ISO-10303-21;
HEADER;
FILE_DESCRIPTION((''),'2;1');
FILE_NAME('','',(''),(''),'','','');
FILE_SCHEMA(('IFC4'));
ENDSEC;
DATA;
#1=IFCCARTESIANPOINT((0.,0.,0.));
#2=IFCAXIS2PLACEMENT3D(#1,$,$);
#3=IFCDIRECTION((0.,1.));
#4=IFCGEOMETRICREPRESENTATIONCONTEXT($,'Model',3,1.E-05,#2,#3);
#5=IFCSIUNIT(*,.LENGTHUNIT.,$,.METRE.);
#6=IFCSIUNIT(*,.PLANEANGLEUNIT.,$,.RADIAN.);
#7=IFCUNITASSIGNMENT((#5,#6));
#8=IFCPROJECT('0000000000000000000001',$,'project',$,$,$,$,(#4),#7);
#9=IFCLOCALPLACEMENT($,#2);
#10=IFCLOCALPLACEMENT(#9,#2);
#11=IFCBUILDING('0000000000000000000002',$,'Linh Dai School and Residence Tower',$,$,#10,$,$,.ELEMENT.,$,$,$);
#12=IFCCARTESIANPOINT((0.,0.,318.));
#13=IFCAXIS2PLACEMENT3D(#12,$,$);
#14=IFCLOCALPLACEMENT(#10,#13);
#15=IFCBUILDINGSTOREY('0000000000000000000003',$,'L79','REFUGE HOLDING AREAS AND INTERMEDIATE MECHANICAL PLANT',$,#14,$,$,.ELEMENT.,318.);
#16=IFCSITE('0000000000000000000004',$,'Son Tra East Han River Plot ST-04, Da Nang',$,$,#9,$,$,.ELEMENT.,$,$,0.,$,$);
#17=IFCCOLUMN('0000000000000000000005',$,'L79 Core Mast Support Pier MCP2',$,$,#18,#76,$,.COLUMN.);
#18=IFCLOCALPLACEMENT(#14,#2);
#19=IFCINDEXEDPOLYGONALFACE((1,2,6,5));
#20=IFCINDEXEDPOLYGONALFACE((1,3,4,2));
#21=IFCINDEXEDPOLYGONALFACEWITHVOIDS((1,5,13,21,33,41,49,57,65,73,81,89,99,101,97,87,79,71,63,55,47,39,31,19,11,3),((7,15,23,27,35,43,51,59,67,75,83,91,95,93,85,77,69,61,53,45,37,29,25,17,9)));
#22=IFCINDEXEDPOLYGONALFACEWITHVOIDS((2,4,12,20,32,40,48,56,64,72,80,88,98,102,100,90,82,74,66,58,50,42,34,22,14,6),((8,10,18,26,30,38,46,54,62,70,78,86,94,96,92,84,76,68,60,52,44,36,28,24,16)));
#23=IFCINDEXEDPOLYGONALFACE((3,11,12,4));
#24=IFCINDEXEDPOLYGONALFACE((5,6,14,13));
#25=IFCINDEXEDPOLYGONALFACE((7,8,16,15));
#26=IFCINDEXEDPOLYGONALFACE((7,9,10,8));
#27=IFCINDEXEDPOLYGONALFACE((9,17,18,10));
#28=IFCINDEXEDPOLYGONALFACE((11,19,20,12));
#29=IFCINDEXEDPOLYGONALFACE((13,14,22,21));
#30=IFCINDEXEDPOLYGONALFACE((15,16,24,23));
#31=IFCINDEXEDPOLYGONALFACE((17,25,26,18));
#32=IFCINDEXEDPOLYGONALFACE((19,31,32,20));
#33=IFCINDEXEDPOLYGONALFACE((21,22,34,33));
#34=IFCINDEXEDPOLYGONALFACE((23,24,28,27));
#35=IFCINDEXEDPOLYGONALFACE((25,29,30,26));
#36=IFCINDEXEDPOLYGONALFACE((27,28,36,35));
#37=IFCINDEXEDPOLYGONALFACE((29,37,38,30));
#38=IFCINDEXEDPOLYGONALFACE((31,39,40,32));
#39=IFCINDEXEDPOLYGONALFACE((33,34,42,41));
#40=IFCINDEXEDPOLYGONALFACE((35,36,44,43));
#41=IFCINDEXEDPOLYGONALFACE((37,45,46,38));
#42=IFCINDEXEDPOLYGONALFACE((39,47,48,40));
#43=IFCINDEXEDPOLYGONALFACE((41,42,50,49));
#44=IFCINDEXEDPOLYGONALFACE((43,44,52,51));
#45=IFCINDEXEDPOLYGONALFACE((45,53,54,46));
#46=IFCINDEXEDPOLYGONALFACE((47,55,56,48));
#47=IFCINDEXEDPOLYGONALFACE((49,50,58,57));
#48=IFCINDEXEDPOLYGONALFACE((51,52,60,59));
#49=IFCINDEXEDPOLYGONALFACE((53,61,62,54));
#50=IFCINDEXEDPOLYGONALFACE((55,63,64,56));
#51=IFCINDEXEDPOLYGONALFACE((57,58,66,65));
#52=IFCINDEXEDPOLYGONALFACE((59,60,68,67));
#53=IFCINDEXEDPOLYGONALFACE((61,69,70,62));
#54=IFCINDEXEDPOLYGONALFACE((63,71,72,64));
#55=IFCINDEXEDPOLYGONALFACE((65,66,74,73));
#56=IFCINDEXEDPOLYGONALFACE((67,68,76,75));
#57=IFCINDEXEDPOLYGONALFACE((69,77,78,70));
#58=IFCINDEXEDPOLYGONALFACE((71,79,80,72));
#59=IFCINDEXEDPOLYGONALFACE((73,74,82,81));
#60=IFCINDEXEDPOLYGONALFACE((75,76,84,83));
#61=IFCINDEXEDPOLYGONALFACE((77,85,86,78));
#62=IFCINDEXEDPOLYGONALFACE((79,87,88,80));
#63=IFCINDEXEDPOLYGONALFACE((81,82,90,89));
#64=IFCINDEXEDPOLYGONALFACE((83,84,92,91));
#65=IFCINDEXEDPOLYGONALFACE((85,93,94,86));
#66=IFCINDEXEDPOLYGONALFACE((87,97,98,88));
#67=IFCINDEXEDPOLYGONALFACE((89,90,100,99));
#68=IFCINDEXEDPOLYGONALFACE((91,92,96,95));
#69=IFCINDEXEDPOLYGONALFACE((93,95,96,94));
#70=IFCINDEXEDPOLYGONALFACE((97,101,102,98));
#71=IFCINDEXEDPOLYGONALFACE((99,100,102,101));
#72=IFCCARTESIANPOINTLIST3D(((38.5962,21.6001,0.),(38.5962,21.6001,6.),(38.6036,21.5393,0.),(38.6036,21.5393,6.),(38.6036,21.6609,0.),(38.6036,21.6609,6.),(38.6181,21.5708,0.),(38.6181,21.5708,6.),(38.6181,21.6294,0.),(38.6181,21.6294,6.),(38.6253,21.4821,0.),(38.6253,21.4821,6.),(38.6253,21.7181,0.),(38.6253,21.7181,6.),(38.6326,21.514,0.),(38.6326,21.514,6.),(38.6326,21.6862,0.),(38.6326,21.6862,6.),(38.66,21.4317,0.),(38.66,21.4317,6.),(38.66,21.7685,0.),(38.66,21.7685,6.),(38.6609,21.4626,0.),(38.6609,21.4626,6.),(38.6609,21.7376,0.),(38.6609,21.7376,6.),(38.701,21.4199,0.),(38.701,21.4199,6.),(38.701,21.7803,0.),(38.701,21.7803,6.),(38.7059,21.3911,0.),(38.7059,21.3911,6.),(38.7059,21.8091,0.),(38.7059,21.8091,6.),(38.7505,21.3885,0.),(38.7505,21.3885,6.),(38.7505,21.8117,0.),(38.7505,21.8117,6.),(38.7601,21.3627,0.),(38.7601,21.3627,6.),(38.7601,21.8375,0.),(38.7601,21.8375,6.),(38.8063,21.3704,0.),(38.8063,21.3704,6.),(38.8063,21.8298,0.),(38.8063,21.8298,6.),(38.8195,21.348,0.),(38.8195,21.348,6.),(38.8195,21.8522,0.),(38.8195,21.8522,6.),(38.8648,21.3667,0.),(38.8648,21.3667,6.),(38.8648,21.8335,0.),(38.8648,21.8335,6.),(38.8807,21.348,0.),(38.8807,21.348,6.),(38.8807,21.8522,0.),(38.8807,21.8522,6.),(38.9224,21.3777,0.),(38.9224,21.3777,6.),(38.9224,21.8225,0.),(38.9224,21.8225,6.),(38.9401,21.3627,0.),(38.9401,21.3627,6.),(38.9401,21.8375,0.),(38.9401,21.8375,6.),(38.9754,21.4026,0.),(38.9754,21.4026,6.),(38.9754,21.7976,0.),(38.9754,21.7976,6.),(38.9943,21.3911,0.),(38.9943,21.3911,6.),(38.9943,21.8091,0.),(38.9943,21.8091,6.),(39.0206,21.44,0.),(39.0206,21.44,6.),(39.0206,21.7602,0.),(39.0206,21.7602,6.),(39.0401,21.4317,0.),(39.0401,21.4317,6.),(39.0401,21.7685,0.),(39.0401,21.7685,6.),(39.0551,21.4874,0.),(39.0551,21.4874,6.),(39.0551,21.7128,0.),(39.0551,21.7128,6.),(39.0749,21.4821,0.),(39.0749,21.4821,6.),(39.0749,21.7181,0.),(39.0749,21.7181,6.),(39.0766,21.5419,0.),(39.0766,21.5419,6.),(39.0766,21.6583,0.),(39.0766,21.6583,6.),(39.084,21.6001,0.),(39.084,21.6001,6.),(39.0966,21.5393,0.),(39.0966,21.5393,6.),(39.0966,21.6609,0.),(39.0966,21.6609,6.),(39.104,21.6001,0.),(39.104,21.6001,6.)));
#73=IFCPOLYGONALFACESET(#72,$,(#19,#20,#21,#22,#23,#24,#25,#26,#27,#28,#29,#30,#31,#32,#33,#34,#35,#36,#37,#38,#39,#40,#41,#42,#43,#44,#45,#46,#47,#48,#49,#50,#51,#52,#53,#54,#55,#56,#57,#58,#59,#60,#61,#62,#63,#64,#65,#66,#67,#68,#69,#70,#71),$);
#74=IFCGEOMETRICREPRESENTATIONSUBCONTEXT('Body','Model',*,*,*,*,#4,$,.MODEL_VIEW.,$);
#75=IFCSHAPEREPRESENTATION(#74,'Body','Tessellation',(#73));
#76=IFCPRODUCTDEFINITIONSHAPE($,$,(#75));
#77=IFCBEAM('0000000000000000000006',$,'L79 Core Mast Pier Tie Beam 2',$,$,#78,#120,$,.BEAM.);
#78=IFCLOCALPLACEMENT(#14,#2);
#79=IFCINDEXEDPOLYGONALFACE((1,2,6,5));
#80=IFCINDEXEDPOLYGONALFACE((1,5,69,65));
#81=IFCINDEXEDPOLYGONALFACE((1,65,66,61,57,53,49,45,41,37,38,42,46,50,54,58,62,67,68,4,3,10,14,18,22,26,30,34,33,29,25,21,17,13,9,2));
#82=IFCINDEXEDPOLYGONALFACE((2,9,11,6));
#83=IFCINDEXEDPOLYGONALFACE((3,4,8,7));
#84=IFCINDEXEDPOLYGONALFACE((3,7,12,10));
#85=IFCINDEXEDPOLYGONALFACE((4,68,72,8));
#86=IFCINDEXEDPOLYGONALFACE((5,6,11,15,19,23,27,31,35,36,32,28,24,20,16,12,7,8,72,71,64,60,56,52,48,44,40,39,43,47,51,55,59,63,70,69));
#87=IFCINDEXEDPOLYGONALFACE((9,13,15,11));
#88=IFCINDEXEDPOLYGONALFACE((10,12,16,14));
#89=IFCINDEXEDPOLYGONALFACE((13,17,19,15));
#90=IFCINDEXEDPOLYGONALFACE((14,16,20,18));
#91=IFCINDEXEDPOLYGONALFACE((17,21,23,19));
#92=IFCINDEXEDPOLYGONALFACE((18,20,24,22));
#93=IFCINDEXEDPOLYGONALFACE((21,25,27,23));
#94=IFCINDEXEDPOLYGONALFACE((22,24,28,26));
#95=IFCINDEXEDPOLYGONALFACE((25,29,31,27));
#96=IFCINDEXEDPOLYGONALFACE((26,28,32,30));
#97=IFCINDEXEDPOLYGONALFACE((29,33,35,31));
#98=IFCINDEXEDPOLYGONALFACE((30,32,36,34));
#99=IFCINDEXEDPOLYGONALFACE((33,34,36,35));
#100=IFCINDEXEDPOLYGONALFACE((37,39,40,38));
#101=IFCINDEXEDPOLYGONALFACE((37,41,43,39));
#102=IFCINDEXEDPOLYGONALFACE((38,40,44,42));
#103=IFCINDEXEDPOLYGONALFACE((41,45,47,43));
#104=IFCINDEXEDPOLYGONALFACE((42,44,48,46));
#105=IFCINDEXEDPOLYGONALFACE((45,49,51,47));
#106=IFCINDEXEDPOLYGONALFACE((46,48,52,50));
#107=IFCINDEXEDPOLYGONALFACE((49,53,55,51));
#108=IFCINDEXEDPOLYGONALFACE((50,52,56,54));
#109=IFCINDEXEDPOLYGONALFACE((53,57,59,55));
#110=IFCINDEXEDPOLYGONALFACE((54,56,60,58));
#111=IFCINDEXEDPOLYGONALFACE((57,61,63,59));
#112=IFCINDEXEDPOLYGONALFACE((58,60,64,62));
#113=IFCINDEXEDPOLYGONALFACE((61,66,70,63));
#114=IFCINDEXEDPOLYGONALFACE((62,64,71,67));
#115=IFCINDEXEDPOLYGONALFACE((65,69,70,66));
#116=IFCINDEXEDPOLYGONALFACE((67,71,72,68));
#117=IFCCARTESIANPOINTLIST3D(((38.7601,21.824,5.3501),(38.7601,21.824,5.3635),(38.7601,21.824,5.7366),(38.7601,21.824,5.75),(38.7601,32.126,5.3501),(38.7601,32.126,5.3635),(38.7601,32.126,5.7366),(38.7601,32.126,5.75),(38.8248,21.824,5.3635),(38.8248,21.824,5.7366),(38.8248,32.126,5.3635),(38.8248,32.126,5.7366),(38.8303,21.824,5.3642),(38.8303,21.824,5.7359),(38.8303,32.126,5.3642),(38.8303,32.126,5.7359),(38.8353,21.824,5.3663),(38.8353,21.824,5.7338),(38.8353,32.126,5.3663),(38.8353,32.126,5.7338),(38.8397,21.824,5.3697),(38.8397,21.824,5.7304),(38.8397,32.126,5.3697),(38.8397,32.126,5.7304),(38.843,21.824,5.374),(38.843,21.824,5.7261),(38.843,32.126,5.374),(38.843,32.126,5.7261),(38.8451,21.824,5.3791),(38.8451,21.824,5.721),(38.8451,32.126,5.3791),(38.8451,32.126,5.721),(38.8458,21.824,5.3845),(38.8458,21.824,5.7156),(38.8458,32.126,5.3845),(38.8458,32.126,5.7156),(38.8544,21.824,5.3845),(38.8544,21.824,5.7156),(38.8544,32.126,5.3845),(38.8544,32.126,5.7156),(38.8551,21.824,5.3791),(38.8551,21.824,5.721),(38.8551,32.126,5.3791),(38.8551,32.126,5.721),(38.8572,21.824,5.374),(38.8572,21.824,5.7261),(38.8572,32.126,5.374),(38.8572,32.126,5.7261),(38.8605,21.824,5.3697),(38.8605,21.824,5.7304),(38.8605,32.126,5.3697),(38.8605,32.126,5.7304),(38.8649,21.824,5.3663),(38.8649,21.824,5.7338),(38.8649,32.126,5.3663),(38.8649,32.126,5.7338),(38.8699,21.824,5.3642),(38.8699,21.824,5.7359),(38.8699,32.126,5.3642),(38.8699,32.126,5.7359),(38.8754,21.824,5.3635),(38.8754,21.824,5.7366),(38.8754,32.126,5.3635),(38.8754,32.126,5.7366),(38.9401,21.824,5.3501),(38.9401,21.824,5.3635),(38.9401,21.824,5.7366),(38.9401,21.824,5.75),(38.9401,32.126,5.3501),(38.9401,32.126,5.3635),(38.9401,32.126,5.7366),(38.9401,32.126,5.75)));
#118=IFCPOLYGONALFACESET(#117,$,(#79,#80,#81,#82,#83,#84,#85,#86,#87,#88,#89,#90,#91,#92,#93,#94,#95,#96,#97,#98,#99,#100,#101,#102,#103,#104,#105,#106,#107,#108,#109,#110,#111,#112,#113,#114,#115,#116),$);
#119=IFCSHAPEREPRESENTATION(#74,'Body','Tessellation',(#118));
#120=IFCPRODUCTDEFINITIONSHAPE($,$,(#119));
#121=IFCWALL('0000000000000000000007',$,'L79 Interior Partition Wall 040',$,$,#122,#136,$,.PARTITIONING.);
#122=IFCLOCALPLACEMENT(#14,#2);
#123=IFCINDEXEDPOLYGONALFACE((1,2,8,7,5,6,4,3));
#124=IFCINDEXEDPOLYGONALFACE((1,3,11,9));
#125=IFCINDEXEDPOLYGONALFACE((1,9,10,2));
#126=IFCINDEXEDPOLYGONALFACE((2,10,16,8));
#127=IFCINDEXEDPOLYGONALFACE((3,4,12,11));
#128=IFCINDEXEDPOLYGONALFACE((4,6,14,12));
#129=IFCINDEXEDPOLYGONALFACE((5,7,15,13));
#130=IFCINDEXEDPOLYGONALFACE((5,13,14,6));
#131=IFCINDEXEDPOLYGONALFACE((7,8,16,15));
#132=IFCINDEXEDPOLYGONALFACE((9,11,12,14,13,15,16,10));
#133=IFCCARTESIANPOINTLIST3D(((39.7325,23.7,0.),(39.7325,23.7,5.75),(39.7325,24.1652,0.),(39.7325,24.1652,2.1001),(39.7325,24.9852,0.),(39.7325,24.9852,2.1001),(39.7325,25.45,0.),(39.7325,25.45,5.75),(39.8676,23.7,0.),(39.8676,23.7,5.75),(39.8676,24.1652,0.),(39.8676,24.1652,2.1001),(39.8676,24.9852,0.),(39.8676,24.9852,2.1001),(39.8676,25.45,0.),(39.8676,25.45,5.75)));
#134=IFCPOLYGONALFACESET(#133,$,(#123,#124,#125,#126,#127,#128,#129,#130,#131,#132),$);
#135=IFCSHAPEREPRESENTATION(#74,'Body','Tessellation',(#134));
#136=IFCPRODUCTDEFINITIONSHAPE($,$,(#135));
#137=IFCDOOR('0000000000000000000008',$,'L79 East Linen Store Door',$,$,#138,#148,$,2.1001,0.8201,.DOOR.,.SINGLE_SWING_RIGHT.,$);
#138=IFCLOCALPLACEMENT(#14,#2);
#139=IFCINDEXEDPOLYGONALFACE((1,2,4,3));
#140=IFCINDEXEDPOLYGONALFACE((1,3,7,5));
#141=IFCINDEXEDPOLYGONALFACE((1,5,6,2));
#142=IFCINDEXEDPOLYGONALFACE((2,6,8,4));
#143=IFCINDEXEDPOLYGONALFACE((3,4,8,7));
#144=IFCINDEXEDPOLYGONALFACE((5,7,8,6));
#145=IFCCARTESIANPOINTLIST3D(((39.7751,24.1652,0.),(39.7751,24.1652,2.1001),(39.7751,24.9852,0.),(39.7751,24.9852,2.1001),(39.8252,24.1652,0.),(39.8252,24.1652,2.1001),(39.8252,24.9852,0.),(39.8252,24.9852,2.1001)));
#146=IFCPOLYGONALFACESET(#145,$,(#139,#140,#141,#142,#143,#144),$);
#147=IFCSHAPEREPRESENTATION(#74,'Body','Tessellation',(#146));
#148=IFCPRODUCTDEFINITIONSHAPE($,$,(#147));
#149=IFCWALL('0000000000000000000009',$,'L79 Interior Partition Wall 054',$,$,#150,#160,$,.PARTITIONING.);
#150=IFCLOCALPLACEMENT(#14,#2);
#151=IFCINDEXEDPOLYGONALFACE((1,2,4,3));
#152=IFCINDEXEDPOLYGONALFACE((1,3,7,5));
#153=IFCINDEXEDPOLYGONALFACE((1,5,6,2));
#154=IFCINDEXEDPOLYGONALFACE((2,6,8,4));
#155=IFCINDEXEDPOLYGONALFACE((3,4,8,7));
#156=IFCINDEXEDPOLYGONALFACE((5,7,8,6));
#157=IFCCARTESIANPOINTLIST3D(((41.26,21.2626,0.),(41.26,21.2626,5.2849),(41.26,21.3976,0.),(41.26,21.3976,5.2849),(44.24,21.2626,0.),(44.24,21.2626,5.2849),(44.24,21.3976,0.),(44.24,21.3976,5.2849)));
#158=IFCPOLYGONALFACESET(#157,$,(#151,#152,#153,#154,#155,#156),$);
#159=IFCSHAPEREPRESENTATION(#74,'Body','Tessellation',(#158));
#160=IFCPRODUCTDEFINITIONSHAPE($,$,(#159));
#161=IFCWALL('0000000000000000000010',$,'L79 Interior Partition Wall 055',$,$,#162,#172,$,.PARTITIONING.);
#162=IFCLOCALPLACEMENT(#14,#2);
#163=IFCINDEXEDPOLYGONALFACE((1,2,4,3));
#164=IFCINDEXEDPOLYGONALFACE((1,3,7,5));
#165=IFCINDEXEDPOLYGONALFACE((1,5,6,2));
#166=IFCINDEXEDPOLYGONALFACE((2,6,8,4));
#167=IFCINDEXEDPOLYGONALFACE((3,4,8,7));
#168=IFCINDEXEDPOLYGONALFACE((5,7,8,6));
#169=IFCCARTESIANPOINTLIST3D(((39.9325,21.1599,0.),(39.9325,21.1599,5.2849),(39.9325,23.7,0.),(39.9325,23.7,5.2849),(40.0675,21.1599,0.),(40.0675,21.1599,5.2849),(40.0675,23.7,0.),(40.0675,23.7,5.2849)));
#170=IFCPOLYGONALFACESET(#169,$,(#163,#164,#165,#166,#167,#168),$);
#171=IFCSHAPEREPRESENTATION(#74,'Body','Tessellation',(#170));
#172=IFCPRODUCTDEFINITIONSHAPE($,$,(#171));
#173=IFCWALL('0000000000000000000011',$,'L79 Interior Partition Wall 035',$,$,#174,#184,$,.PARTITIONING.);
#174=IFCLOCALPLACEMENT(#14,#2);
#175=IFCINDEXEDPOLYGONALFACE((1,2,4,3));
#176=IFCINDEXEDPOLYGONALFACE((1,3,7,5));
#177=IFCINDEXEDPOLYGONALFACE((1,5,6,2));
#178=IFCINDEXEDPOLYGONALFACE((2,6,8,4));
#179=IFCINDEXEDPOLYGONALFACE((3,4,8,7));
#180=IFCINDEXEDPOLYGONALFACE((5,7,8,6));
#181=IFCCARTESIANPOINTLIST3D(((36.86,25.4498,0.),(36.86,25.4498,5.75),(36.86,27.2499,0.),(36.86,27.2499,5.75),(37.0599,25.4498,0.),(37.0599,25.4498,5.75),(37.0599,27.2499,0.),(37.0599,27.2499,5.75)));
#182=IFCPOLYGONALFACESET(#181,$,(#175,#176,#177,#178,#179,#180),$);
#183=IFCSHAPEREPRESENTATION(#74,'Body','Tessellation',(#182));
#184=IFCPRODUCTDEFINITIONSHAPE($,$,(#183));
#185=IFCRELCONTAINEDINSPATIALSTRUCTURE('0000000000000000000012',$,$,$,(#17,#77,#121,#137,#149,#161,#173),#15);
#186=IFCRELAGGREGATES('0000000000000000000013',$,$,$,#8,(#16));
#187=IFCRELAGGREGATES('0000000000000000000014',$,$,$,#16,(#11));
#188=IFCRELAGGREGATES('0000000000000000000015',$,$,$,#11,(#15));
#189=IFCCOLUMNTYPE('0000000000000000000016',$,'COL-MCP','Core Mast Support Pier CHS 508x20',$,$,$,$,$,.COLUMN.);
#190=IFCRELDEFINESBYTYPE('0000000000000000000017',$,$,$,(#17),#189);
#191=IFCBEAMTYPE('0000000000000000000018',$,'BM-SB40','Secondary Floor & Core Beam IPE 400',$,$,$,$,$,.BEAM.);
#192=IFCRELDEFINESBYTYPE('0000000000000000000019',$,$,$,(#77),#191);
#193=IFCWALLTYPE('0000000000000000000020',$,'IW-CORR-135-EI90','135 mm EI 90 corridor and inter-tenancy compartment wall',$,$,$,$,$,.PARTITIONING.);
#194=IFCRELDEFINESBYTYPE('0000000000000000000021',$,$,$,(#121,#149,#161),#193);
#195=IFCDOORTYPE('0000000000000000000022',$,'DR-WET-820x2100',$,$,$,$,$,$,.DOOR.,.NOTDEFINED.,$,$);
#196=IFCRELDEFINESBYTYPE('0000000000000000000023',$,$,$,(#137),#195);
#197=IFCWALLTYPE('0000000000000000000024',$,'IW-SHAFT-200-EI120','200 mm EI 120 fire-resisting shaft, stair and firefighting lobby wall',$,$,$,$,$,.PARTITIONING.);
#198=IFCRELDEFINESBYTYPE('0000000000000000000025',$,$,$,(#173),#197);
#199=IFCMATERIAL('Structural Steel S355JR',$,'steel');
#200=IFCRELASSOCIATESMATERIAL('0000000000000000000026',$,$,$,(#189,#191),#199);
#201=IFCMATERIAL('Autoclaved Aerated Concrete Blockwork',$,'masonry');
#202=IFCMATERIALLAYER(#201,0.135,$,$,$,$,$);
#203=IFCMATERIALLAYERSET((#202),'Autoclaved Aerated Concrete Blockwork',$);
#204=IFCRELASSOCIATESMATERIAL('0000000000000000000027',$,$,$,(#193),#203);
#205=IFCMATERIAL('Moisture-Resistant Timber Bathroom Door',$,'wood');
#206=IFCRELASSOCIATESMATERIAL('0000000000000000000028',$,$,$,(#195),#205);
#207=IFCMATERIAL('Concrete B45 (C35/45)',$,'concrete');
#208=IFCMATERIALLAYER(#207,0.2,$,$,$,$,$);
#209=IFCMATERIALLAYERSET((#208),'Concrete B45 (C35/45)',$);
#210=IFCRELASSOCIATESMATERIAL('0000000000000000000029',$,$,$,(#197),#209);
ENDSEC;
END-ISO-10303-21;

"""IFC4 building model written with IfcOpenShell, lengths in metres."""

from ifc_helpers import new_model, si_unit, direction, frame, frame_2d, origin, origin_2d, place, context, subcontext, project, spatial, rectangle, hollow_circle, i_section, extrude, source, transform, mapped, material, layer, layer_set, material_profile, profile_set, type_object, element, fill, save


model = new_model("IFC4")

# Units and contexts
model_context = context("Model", 3, precision=1e-05, world=origin(), true_north=direction((0.0, 1.0)))
body_context = subcontext(model_context, "Body", "Model", "MODEL_VIEW")
ifc_project = project(units=[si_unit("LENGTHUNIT", "METRE"), si_unit("PLANEANGLEUNIT", "RADIAN")], contexts=[model_context])

# Site, building, storey
site_placement = place(None, origin())
site = spatial("IfcSite", under=ifc_project, at=site_placement, Name="Son Tra East Han River Plot ST-04, Da Nang", CompositionType="ELEMENT", RefElevation=0.0)
building_placement = place(site_placement, origin())
building = spatial("IfcBuilding", under=site, at=building_placement, Name="Linh Dai School and Residence Tower", CompositionType="ELEMENT")
storey_placement = place(building_placement, frame((0.0, 0.0, 318.0)))
storey = spatial("IfcBuildingStorey", under=building, at=storey_placement, Name="L79", Description="REFUGE HOLDING AREAS AND INTERMEDIATE MECHANICAL PLANT", CompositionType="ELEMENT", Elevation=318.0)

# Column
ifc_material_1 = material(Name="Structural Steel S355JR", Category="steel")
ifc_material_profile_1 = material_profile(ifc_material_1, hollow_circle(Radius=0.2539, WallThickness=0.02, at=origin_2d()), Name="CHS 508x20")
ifc_profile_set_1 = profile_set([ifc_material_profile_1], Name="Structural Steel S355JR")
column_type_1 = type_object("IfcColumnType", Name="COL-MCP", Description="Core Mast Support Pier CHS 508x20", PredefinedType="COLUMN", material=ifc_profile_set_1)
column_placement = place(storey_placement, frame((38.8501, 21.6001, 0.0), z_axis=(0.0, 0.0, 1.0), x_axis=(1.0, 0.0, 0.0)))
element("IfcColumn", 1, at=column_placement, inside=storey, type_object=column_type_1, Name="L79 Core Mast Support Pier MCP2", PredefinedType="COLUMN", context=body_context, shape_type="SweptSolid", body=[
    extrude(hollow_circle(Radius=0.2539, WallThickness=0.02, at=origin_2d()), origin(), (0.0, 0.0, 1.0), 6.0),
])

# Beam
ifc_material_profile_2 = material_profile(ifc_material_1, i_section(OverallWidth=0.1799, OverallDepth=0.3999, WebThickness=0.0085, FlangeThickness=0.0134, FilletRadius=0.021, at=origin_2d()), Name="IPE 400")
ifc_profile_set_2 = profile_set([ifc_material_profile_2], Name="Structural Steel S355JR")
beam_type = type_object("IfcBeamType", Name="BM-SB40", Description="Secondary Floor & Core Beam IPE 400", PredefinedType="BEAM", material=ifc_profile_set_2)
beam_placement = place(storey_placement, frame((38.8501, 21.824, 5.55), z_axis=(0.0, 1.0, 0.0), x_axis=(-1.0, 0.0, 0.0)))
element("IfcBeam", 2, at=beam_placement, inside=storey, type_object=beam_type, Name="L79 Core Mast Pier Tie Beam 2", PredefinedType="BEAM", context=body_context, shape_type="SweptSolid", body=[
    extrude(i_section(OverallWidth=0.1799, OverallDepth=0.3999, WebThickness=0.0085, FlangeThickness=0.0134, FilletRadius=0.021, at=origin_2d()), origin(), (0.0, 0.0, 1.0), 10.302),
])

# Wall, opening, door
ifc_material_2 = material(Name="Autoclaved Aerated Concrete Blockwork", Category="masonry")
ifc_layer_1 = layer(ifc_material_2, 0.135)
ifc_layer_set_1 = layer_set([ifc_layer_1], Name="Autoclaved Aerated Concrete Blockwork")
wall_type_1 = type_object("IfcWallType", Name="IW-CORR-135-EI90", Description="135 mm EI 90 corridor and inter-tenancy compartment wall", PredefinedType="PARTITIONING", material=ifc_layer_set_1)
wall_1_placement = place(storey_placement, frame((39.8, 23.7, 0.0), z_axis=(0.0, 0.0, 1.0), x_axis=(0.0, 1.0, 0.0)))
wall_1 = element("IfcWall", 3, at=wall_1_placement, inside=storey, type_object=wall_type_1, Name="L79 Interior Partition Wall 040", PredefinedType="PARTITIONING", context=body_context, shape_type="SweptSolid", body=[
    extrude(rectangle(XDim=1.75, YDim=0.135, at=frame_2d((0.875, 0.0))), origin(), (0.0, 0.0, 1.0), 5.75),
])
opening_placement = place(wall_1_placement, frame((0.4651, 0.0, 0.0)))
opening = element("IfcOpeningElement", 4, at=opening_placement, cuts=wall_1, PredefinedType="OPENING", context=body_context, shape_type="SweptSolid", body=[
    extrude(rectangle(XDim=0.8201, YDim=2.1001, at=origin_2d()), frame((0.4102, 0.0776, 1.05), z_axis=(0.0, -1.0, 0.0), x_axis=(1.0, 0.0, 0.0)), (0.0, 0.0, 1.0), 0.155),
])
ifc_material_3 = material(Name="Moisture-Resistant Timber Bathroom Door", Category="wood")
door_type = type_object("IfcDoorType", Name="DR-WET-820x2100", OperationType="NOTDEFINED", PredefinedType="DOOR", material=ifc_material_3)
shared_shape_1 = source(origin(), body_context, "Body", "SweptSolid", [
    extrude(rectangle(XDim=0.8201, YDim=2.1001, at=origin_2d()), frame((0.4102, 0.0249, 1.05), z_axis=(0.0, -1.0, 0.0), x_axis=(1.0, 0.0, 0.0)), (0.0, 0.0, 1.0), 0.05),
])
door_placement = place(opening_placement, origin())
door = element("IfcDoor", 5, at=door_placement, inside=storey, type_object=door_type, Name="L79 East Linen Store Door", OperationType="SINGLE_SWING_RIGHT", OverallHeight=2.1001, OverallWidth=0.8201, PredefinedType="DOOR", context=body_context, shape_type="MappedRepresentation", body=[
    mapped(shared_shape_1, transform((0.0, 0.0, 0.0), x_axis=(1.0, 0.0, 0.0), y_axis=(0.0, 1.0, 0.0), z_axis=(0.0, 0.0, 1.0), scale=1.0)),
])
fill(opening, door)

# Walls
wall_2_placement = place(storey_placement, frame((44.24, 21.3301, 0.0), z_axis=(0.0, 0.0, 1.0), x_axis=(-1.0, 0.0, 0.0)))
element("IfcWall", 6, at=wall_2_placement, inside=storey, type_object=wall_type_1, Name="L79 Interior Partition Wall 054", PredefinedType="PARTITIONING", context=body_context, shape_type="SweptSolid", body=[
    extrude(rectangle(XDim=2.98, YDim=0.135, at=frame_2d((1.49, 0.0))), origin(), (0.0, 0.0, 1.0), 5.2849),
])
wall_3_placement = place(storey_placement, frame((40.0, 23.7, 0.0), z_axis=(0.0, 0.0, 1.0), x_axis=(0.0, -1.0, 0.0)))
element("IfcWall", 7, at=wall_3_placement, inside=storey, type_object=wall_type_1, Name="L79 Interior Partition Wall 055", PredefinedType="PARTITIONING", context=body_context, shape_type="SweptSolid", body=[
    extrude(rectangle(XDim=2.54, YDim=0.135, at=frame_2d((1.27, 0.0))), origin(), (0.0, 0.0, 1.0), 5.2849),
])
ifc_material_4 = material(Name="Concrete B45 (C35/45)", Category="concrete")
ifc_layer_2 = layer(ifc_material_4, 0.2)
ifc_layer_set_2 = layer_set([ifc_layer_2], Name="Concrete B45 (C35/45)")
wall_type_2 = type_object("IfcWallType", Name="IW-SHAFT-200-EI120", Description="200 mm EI 120 fire-resisting shaft, stair and firefighting lobby wall", PredefinedType="PARTITIONING", material=ifc_layer_set_2)
for number, where, z_axis, x_axis, name in (
    (8, (36.96, 25.45, 0.0), (0.0, 0.0, 1.0), (0.0, 1.0, 0.0), "L79 Interior Partition Wall 035"),
):
    element("IfcWall", number, at=place(storey_placement, frame(where, z_axis=z_axis, x_axis=x_axis)), inside=storey, type_object=wall_type_2, Name=name, PredefinedType="PARTITIONING", context=body_context, shape_type="SweptSolid", body=[
        extrude(rectangle(XDim=1.8, YDim=0.2, at=frame_2d((0.8999, 0.0))), origin(), (0.0, 0.0, 1.0), 5.75),
    ])

save(model, "model.ifc")
